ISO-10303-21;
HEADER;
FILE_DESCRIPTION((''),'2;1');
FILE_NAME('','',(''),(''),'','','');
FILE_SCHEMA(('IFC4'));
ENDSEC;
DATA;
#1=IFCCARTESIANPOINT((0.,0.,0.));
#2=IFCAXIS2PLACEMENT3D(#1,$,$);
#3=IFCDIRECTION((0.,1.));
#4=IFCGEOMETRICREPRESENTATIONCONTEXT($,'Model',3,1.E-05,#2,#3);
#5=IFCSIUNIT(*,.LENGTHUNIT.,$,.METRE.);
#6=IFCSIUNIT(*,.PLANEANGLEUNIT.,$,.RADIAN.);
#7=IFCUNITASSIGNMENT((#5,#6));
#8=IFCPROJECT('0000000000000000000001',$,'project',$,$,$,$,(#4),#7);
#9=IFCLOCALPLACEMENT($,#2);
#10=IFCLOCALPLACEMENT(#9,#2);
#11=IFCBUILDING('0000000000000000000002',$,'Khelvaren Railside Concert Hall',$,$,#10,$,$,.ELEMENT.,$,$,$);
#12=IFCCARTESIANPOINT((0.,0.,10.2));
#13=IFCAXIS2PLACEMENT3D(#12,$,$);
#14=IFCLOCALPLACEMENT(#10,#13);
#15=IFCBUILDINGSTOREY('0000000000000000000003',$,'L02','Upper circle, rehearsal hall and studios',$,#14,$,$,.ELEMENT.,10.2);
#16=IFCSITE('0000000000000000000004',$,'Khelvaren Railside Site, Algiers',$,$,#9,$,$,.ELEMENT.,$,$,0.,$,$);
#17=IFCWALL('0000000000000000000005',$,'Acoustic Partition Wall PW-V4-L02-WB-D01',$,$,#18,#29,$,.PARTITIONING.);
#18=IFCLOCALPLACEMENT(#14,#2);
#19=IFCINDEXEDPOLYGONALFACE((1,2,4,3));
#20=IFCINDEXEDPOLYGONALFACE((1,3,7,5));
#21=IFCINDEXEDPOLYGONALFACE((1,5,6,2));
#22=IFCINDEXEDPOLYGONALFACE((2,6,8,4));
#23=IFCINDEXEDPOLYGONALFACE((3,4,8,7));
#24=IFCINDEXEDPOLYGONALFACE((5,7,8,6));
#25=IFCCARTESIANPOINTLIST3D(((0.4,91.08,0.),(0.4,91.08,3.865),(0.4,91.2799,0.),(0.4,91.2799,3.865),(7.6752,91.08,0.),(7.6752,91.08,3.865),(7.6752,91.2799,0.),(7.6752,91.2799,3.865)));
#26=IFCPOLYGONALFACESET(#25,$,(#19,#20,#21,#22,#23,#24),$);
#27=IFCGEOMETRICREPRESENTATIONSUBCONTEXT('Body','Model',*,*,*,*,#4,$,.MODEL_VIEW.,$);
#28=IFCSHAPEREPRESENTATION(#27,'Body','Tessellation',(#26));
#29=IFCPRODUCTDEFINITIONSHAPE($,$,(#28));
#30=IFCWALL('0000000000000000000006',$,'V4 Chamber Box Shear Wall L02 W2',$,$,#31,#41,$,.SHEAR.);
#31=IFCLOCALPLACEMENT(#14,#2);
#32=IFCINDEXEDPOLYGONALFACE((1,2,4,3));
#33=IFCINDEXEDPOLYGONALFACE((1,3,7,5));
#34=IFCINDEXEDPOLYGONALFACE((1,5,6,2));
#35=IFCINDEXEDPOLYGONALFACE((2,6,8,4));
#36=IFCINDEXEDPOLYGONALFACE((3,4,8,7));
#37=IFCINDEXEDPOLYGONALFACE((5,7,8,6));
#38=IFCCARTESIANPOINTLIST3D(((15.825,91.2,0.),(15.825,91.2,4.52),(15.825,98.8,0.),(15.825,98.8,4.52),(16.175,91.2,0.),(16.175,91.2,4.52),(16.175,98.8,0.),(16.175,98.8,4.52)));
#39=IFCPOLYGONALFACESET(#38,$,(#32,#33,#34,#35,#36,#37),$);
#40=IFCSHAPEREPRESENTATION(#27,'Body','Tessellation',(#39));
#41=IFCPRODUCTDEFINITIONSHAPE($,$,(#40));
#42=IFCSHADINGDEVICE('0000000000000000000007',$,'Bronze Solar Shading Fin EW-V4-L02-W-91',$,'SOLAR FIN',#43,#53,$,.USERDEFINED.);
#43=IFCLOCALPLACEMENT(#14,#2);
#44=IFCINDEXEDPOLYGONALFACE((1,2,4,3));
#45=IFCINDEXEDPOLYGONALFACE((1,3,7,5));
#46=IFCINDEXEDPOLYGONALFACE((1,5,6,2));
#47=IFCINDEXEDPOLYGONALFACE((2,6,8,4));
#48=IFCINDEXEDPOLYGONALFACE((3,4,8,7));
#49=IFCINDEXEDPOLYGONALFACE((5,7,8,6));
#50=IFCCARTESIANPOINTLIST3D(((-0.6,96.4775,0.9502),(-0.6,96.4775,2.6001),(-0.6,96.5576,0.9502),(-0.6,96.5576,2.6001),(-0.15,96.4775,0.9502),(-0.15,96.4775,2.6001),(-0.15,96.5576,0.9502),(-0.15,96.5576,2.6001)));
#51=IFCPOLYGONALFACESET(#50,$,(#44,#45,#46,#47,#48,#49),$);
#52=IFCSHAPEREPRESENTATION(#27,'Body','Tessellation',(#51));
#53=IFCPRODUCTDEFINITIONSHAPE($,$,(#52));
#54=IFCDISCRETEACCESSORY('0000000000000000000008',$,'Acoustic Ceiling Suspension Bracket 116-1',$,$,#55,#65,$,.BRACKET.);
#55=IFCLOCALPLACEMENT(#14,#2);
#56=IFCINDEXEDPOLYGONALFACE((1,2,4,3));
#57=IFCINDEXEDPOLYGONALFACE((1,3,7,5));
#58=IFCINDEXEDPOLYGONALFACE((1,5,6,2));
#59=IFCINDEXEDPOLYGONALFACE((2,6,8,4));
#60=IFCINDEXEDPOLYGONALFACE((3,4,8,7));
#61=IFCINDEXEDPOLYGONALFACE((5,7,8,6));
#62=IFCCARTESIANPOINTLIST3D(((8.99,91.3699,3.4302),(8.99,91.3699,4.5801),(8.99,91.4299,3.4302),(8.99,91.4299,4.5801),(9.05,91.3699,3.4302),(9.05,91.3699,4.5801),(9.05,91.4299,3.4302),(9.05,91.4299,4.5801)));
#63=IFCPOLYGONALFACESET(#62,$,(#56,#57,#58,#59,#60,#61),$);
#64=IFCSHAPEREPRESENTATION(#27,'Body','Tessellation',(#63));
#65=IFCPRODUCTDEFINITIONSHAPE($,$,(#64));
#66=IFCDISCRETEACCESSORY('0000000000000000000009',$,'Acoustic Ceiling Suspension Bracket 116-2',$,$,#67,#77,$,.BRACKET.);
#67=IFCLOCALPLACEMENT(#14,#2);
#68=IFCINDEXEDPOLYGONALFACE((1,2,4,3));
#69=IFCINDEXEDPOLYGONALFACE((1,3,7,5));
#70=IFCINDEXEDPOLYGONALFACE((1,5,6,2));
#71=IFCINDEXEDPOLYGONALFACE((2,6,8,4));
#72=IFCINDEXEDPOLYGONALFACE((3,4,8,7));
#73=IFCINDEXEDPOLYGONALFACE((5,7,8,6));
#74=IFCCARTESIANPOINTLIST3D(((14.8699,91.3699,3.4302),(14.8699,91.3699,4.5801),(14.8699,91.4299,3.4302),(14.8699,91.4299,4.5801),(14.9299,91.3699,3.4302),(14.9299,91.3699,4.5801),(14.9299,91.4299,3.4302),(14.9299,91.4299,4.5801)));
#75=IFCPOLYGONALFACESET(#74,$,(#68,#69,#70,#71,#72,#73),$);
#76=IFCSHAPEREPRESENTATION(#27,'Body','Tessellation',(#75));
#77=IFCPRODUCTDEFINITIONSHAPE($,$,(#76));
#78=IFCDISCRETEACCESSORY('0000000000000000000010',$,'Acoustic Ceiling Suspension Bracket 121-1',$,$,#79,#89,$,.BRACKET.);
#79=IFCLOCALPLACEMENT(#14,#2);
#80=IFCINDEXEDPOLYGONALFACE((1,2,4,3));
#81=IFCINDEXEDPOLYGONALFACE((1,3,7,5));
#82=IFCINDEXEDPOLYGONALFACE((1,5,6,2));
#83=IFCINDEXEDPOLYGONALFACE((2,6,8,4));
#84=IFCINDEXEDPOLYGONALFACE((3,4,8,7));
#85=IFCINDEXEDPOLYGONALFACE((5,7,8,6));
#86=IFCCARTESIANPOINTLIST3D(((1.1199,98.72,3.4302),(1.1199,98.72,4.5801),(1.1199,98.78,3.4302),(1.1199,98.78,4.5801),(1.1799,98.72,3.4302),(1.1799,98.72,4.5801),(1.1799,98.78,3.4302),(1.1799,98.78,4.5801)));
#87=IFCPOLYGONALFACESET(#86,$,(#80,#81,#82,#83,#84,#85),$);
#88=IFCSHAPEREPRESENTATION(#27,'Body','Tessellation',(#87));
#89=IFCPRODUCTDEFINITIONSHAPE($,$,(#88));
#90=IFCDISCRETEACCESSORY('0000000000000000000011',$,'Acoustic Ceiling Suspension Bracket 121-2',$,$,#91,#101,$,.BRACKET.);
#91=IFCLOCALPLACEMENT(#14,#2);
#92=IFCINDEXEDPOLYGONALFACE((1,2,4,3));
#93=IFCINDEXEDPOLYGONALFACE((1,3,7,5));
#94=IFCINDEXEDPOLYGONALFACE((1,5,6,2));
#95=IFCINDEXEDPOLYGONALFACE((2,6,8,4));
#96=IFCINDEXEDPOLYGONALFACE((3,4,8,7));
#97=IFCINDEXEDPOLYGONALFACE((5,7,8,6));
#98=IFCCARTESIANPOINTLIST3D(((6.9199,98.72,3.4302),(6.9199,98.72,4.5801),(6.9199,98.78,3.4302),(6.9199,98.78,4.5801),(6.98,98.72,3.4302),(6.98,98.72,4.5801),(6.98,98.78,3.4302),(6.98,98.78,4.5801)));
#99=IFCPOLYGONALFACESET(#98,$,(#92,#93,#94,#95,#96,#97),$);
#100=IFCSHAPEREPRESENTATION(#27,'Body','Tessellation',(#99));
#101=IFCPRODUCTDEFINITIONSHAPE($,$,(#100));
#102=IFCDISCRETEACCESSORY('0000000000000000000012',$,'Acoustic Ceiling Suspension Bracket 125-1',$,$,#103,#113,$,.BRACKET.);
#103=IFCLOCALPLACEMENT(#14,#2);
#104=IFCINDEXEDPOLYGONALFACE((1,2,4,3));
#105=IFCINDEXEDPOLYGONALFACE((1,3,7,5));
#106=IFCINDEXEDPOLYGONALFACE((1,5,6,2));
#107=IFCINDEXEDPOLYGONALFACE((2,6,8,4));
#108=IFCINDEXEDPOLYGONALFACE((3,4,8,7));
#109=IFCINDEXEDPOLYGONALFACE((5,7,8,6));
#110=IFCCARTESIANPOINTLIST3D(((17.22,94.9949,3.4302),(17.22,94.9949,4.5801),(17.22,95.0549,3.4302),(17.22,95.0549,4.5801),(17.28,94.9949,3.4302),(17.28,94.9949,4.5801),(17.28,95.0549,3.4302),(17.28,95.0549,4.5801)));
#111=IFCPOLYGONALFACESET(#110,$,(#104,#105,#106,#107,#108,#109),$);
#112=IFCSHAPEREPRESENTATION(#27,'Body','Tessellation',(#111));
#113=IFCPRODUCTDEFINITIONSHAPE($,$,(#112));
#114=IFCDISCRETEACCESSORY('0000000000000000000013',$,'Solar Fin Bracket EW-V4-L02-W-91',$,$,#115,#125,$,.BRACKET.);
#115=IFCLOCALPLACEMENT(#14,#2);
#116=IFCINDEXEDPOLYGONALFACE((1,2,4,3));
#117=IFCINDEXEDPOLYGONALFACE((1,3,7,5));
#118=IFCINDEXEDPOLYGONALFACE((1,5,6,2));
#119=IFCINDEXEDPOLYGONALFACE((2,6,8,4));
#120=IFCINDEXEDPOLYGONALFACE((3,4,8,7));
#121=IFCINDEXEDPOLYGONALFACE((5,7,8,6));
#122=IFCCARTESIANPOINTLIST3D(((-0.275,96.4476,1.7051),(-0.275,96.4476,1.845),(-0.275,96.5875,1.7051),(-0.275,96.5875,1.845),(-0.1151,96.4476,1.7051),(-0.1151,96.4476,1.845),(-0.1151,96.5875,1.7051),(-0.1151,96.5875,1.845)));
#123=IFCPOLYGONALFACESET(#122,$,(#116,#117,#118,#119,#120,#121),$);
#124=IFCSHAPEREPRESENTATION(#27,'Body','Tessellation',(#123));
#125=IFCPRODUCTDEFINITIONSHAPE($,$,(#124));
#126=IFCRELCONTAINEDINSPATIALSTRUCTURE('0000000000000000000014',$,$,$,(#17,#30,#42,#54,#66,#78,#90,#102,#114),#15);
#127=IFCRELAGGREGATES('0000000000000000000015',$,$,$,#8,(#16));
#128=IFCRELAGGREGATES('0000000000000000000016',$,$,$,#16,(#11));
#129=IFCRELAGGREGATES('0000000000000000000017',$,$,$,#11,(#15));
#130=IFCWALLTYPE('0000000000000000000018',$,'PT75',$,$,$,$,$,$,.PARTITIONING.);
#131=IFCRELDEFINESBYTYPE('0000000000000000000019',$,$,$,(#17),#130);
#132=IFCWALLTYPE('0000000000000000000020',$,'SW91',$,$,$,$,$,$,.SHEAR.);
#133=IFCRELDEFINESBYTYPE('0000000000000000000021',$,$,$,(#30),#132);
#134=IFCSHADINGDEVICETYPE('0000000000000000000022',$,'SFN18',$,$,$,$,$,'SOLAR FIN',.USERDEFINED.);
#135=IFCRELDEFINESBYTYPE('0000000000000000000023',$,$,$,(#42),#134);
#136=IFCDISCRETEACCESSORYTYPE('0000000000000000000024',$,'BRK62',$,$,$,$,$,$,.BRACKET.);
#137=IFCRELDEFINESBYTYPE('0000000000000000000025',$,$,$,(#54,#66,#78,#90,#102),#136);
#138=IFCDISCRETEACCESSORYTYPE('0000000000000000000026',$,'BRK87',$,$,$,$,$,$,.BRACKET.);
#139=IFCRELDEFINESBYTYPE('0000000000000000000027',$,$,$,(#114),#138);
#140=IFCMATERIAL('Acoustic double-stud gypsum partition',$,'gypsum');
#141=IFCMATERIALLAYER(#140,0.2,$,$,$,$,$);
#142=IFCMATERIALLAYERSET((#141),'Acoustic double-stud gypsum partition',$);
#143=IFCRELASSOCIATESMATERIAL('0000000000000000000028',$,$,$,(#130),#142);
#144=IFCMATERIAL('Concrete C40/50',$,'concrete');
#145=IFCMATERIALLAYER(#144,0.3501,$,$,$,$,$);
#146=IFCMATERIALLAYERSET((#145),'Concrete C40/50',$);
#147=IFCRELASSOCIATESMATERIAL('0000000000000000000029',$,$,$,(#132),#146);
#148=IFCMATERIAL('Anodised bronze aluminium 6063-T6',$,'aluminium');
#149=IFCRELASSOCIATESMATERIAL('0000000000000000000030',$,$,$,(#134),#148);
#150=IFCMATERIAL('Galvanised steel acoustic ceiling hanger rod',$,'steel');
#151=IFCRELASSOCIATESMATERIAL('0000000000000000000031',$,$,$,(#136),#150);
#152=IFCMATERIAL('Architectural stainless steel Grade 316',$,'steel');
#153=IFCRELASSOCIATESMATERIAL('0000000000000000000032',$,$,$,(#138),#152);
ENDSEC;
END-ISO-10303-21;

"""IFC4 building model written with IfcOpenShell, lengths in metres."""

from ifc_helpers import new_model, si_unit, direction, frame, frame_2d, origin, origin_2d, place, context, subcontext, project, spatial, rectangle, extrude, material, layer, layer_set, type_object, element, save


model = new_model("IFC4")

# Units and contexts
model_context = context("Model", 3, precision=1e-05, world=origin(), true_north=direction((0.0, 1.0)))
body_context = subcontext(model_context, "Body", "Model", "MODEL_VIEW")
ifc_project = project(units=[si_unit("LENGTHUNIT", "METRE"), si_unit("PLANEANGLEUNIT", "RADIAN")], contexts=[model_context])

# Site, building, storey
site_placement = place(None, origin())
site = spatial("IfcSite", under=ifc_project, at=site_placement, Name="Khelvaren Railside Site, Algiers", CompositionType="ELEMENT", RefElevation=0.0)
building_placement = place(site_placement, origin())
building = spatial("IfcBuilding", under=site, at=building_placement, Name="Khelvaren Railside Concert Hall", CompositionType="ELEMENT")
storey_placement = place(building_placement, frame((0.0, 0.0, 10.2)))
storey = spatial("IfcBuildingStorey", under=building, at=storey_placement, Name="L02", Description="Upper circle, rehearsal hall and studios", CompositionType="ELEMENT", Elevation=10.2)

# Shared definitions
ifc_material_1 = material(Name="Concrete C40/50", Category="concrete")

# Walls
ifc_material_2 = material(Name="Acoustic double-stud gypsum partition", Category="gypsum")
ifc_layer_1 = layer(ifc_material_2, 0.2)
ifc_layer_set_1 = layer_set([ifc_layer_1], Name="Acoustic double-stud gypsum partition")
wall_type_1 = type_object("IfcWallType", Name="PT75", PredefinedType="PARTITIONING", material=ifc_layer_set_1)
wall_1_placement = place(storey_placement, frame((0.3999, 91.1799, 0.0), z_axis=(0.0, 0.0, 1.0), x_axis=(1.0, 0.0, 0.0)))
element("IfcWall", 1, at=wall_1_placement, inside=storey, type_object=wall_type_1, Name="Acoustic Partition Wall PW-V4-L02-WB-D01", PredefinedType="PARTITIONING", context=body_context, shape_type="SweptSolid", body=[
    extrude(rectangle(XDim=7.2751, YDim=0.2, at=frame_2d((3.6377, 0.0))), origin(), (0.0, 0.0, 1.0), 3.865),
])
ifc_layer_2 = layer(ifc_material_1, 0.3501)
ifc_layer_set_2 = layer_set([ifc_layer_2], Name="Concrete C40/50")
wall_type_2 = type_object("IfcWallType", Name="SW91", PredefinedType="SHEAR", material=ifc_layer_set_2)
wall_2_placement = place(storey_placement, frame((16.0, 91.2, 0.0), z_axis=(0.0, 0.0, 1.0), x_axis=(0.0, 1.0, 0.0)))
element("IfcWall", 2, at=wall_2_placement, inside=storey, type_object=wall_type_2, Name="V4 Chamber Box Shear Wall L02 W2", PredefinedType="SHEAR", context=body_context, shape_type="SweptSolid", body=[
    extrude(rectangle(XDim=7.6001, YDim=0.3501, at=frame_2d((3.8, 0.0))), origin(), (0.0, 0.0, 1.0), 4.52),
])

# Shading device
ifc_material_3 = material(Name="Anodised bronze aluminium 6063-T6", Category="aluminium")
shading_device_type = type_object("IfcShadingDeviceType", Name="SFN18", ElementType="SOLAR FIN", PredefinedType="USERDEFINED", material=ifc_material_3)
shading_device_placement = place(storey_placement, frame((-0.375, 96.5176, 0.9502), z_axis=(0.0, 0.0, 1.0), x_axis=(0.0, 1.0, 0.0)))
element("IfcShadingDevice", 3, at=shading_device_placement, inside=storey, type_object=shading_device_type, Name="Bronze Solar Shading Fin EW-V4-L02-W-91", ObjectType="SOLAR FIN", PredefinedType="USERDEFINED", context=body_context, shape_type="SweptSolid", body=[
    extrude(rectangle(XDim=0.0801, YDim=0.45, at=origin_2d()), origin(), (0.0, 0.0, 1.0), 1.6499),
])

# Discrete accessories
ifc_material_4 = material(Name="Galvanised steel acoustic ceiling hanger rod", Category="steel")
discrete_accessory_type_1 = type_object("IfcDiscreteAccessoryType", Name="BRK62", PredefinedType="BRACKET", material=ifc_material_4)
for number, where, z_axis, x_axis, name in (
    (4, (9.02, 91.3999, 3.4302), (0.0, 0.0, 1.0), (1.0, 0.0, 0.0), "Acoustic Ceiling Suspension Bracket 116-1"),
    (5, (14.8999, 91.3999, 3.4302), (0.0, 0.0, 1.0), (1.0, 0.0, 0.0), "Acoustic Ceiling Suspension Bracket 116-2"),
    (6, (1.1499, 98.75, 3.4302), (0.0, 0.0, 1.0), (1.0, 0.0, 0.0), "Acoustic Ceiling Suspension Bracket 121-1"),
    (7, (6.95, 98.75, 3.4302), (0.0, 0.0, 1.0), (1.0, 0.0, 0.0), "Acoustic Ceiling Suspension Bracket 121-2"),
    (8, (17.25, 95.0249, 3.4302), (0.0, 0.0, 1.0), (1.0, 0.0, 0.0), "Acoustic Ceiling Suspension Bracket 125-1"),
):
    element("IfcDiscreteAccessory", number, at=place(storey_placement, frame(where, z_axis=z_axis, x_axis=x_axis)), inside=storey, type_object=discrete_accessory_type_1, Name=name, PredefinedType="BRACKET", context=body_context, shape_type="SweptSolid", body=[
        extrude(rectangle(XDim=0.0601, YDim=0.0601, at=origin_2d()), origin(), (0.0, 0.0, 1.0), 1.1499),
    ])
ifc_material_5 = material(Name="Architectural stainless steel Grade 316", Category="steel")
discrete_accessory_type_2 = type_object("IfcDiscreteAccessoryType", Name="BRK87", PredefinedType="BRACKET", material=ifc_material_5)
discrete_accessory_placement = place(storey_placement, frame((-0.1951, 96.5176, 1.7051), z_axis=(0.0, 0.0, 1.0), x_axis=(0.0, 1.0, 0.0)))
element("IfcDiscreteAccessory", 9, at=discrete_accessory_placement, inside=storey, type_object=discrete_accessory_type_2, Name="Solar Fin Bracket EW-V4-L02-W-91", PredefinedType="BRACKET", context=body_context, shape_type="SweptSolid", body=[
    extrude(rectangle(XDim=0.1399, YDim=0.1599, at=origin_2d()), origin(), (0.0, 0.0, 1.0), 0.1399),
])

save(model, "model.ifc")
